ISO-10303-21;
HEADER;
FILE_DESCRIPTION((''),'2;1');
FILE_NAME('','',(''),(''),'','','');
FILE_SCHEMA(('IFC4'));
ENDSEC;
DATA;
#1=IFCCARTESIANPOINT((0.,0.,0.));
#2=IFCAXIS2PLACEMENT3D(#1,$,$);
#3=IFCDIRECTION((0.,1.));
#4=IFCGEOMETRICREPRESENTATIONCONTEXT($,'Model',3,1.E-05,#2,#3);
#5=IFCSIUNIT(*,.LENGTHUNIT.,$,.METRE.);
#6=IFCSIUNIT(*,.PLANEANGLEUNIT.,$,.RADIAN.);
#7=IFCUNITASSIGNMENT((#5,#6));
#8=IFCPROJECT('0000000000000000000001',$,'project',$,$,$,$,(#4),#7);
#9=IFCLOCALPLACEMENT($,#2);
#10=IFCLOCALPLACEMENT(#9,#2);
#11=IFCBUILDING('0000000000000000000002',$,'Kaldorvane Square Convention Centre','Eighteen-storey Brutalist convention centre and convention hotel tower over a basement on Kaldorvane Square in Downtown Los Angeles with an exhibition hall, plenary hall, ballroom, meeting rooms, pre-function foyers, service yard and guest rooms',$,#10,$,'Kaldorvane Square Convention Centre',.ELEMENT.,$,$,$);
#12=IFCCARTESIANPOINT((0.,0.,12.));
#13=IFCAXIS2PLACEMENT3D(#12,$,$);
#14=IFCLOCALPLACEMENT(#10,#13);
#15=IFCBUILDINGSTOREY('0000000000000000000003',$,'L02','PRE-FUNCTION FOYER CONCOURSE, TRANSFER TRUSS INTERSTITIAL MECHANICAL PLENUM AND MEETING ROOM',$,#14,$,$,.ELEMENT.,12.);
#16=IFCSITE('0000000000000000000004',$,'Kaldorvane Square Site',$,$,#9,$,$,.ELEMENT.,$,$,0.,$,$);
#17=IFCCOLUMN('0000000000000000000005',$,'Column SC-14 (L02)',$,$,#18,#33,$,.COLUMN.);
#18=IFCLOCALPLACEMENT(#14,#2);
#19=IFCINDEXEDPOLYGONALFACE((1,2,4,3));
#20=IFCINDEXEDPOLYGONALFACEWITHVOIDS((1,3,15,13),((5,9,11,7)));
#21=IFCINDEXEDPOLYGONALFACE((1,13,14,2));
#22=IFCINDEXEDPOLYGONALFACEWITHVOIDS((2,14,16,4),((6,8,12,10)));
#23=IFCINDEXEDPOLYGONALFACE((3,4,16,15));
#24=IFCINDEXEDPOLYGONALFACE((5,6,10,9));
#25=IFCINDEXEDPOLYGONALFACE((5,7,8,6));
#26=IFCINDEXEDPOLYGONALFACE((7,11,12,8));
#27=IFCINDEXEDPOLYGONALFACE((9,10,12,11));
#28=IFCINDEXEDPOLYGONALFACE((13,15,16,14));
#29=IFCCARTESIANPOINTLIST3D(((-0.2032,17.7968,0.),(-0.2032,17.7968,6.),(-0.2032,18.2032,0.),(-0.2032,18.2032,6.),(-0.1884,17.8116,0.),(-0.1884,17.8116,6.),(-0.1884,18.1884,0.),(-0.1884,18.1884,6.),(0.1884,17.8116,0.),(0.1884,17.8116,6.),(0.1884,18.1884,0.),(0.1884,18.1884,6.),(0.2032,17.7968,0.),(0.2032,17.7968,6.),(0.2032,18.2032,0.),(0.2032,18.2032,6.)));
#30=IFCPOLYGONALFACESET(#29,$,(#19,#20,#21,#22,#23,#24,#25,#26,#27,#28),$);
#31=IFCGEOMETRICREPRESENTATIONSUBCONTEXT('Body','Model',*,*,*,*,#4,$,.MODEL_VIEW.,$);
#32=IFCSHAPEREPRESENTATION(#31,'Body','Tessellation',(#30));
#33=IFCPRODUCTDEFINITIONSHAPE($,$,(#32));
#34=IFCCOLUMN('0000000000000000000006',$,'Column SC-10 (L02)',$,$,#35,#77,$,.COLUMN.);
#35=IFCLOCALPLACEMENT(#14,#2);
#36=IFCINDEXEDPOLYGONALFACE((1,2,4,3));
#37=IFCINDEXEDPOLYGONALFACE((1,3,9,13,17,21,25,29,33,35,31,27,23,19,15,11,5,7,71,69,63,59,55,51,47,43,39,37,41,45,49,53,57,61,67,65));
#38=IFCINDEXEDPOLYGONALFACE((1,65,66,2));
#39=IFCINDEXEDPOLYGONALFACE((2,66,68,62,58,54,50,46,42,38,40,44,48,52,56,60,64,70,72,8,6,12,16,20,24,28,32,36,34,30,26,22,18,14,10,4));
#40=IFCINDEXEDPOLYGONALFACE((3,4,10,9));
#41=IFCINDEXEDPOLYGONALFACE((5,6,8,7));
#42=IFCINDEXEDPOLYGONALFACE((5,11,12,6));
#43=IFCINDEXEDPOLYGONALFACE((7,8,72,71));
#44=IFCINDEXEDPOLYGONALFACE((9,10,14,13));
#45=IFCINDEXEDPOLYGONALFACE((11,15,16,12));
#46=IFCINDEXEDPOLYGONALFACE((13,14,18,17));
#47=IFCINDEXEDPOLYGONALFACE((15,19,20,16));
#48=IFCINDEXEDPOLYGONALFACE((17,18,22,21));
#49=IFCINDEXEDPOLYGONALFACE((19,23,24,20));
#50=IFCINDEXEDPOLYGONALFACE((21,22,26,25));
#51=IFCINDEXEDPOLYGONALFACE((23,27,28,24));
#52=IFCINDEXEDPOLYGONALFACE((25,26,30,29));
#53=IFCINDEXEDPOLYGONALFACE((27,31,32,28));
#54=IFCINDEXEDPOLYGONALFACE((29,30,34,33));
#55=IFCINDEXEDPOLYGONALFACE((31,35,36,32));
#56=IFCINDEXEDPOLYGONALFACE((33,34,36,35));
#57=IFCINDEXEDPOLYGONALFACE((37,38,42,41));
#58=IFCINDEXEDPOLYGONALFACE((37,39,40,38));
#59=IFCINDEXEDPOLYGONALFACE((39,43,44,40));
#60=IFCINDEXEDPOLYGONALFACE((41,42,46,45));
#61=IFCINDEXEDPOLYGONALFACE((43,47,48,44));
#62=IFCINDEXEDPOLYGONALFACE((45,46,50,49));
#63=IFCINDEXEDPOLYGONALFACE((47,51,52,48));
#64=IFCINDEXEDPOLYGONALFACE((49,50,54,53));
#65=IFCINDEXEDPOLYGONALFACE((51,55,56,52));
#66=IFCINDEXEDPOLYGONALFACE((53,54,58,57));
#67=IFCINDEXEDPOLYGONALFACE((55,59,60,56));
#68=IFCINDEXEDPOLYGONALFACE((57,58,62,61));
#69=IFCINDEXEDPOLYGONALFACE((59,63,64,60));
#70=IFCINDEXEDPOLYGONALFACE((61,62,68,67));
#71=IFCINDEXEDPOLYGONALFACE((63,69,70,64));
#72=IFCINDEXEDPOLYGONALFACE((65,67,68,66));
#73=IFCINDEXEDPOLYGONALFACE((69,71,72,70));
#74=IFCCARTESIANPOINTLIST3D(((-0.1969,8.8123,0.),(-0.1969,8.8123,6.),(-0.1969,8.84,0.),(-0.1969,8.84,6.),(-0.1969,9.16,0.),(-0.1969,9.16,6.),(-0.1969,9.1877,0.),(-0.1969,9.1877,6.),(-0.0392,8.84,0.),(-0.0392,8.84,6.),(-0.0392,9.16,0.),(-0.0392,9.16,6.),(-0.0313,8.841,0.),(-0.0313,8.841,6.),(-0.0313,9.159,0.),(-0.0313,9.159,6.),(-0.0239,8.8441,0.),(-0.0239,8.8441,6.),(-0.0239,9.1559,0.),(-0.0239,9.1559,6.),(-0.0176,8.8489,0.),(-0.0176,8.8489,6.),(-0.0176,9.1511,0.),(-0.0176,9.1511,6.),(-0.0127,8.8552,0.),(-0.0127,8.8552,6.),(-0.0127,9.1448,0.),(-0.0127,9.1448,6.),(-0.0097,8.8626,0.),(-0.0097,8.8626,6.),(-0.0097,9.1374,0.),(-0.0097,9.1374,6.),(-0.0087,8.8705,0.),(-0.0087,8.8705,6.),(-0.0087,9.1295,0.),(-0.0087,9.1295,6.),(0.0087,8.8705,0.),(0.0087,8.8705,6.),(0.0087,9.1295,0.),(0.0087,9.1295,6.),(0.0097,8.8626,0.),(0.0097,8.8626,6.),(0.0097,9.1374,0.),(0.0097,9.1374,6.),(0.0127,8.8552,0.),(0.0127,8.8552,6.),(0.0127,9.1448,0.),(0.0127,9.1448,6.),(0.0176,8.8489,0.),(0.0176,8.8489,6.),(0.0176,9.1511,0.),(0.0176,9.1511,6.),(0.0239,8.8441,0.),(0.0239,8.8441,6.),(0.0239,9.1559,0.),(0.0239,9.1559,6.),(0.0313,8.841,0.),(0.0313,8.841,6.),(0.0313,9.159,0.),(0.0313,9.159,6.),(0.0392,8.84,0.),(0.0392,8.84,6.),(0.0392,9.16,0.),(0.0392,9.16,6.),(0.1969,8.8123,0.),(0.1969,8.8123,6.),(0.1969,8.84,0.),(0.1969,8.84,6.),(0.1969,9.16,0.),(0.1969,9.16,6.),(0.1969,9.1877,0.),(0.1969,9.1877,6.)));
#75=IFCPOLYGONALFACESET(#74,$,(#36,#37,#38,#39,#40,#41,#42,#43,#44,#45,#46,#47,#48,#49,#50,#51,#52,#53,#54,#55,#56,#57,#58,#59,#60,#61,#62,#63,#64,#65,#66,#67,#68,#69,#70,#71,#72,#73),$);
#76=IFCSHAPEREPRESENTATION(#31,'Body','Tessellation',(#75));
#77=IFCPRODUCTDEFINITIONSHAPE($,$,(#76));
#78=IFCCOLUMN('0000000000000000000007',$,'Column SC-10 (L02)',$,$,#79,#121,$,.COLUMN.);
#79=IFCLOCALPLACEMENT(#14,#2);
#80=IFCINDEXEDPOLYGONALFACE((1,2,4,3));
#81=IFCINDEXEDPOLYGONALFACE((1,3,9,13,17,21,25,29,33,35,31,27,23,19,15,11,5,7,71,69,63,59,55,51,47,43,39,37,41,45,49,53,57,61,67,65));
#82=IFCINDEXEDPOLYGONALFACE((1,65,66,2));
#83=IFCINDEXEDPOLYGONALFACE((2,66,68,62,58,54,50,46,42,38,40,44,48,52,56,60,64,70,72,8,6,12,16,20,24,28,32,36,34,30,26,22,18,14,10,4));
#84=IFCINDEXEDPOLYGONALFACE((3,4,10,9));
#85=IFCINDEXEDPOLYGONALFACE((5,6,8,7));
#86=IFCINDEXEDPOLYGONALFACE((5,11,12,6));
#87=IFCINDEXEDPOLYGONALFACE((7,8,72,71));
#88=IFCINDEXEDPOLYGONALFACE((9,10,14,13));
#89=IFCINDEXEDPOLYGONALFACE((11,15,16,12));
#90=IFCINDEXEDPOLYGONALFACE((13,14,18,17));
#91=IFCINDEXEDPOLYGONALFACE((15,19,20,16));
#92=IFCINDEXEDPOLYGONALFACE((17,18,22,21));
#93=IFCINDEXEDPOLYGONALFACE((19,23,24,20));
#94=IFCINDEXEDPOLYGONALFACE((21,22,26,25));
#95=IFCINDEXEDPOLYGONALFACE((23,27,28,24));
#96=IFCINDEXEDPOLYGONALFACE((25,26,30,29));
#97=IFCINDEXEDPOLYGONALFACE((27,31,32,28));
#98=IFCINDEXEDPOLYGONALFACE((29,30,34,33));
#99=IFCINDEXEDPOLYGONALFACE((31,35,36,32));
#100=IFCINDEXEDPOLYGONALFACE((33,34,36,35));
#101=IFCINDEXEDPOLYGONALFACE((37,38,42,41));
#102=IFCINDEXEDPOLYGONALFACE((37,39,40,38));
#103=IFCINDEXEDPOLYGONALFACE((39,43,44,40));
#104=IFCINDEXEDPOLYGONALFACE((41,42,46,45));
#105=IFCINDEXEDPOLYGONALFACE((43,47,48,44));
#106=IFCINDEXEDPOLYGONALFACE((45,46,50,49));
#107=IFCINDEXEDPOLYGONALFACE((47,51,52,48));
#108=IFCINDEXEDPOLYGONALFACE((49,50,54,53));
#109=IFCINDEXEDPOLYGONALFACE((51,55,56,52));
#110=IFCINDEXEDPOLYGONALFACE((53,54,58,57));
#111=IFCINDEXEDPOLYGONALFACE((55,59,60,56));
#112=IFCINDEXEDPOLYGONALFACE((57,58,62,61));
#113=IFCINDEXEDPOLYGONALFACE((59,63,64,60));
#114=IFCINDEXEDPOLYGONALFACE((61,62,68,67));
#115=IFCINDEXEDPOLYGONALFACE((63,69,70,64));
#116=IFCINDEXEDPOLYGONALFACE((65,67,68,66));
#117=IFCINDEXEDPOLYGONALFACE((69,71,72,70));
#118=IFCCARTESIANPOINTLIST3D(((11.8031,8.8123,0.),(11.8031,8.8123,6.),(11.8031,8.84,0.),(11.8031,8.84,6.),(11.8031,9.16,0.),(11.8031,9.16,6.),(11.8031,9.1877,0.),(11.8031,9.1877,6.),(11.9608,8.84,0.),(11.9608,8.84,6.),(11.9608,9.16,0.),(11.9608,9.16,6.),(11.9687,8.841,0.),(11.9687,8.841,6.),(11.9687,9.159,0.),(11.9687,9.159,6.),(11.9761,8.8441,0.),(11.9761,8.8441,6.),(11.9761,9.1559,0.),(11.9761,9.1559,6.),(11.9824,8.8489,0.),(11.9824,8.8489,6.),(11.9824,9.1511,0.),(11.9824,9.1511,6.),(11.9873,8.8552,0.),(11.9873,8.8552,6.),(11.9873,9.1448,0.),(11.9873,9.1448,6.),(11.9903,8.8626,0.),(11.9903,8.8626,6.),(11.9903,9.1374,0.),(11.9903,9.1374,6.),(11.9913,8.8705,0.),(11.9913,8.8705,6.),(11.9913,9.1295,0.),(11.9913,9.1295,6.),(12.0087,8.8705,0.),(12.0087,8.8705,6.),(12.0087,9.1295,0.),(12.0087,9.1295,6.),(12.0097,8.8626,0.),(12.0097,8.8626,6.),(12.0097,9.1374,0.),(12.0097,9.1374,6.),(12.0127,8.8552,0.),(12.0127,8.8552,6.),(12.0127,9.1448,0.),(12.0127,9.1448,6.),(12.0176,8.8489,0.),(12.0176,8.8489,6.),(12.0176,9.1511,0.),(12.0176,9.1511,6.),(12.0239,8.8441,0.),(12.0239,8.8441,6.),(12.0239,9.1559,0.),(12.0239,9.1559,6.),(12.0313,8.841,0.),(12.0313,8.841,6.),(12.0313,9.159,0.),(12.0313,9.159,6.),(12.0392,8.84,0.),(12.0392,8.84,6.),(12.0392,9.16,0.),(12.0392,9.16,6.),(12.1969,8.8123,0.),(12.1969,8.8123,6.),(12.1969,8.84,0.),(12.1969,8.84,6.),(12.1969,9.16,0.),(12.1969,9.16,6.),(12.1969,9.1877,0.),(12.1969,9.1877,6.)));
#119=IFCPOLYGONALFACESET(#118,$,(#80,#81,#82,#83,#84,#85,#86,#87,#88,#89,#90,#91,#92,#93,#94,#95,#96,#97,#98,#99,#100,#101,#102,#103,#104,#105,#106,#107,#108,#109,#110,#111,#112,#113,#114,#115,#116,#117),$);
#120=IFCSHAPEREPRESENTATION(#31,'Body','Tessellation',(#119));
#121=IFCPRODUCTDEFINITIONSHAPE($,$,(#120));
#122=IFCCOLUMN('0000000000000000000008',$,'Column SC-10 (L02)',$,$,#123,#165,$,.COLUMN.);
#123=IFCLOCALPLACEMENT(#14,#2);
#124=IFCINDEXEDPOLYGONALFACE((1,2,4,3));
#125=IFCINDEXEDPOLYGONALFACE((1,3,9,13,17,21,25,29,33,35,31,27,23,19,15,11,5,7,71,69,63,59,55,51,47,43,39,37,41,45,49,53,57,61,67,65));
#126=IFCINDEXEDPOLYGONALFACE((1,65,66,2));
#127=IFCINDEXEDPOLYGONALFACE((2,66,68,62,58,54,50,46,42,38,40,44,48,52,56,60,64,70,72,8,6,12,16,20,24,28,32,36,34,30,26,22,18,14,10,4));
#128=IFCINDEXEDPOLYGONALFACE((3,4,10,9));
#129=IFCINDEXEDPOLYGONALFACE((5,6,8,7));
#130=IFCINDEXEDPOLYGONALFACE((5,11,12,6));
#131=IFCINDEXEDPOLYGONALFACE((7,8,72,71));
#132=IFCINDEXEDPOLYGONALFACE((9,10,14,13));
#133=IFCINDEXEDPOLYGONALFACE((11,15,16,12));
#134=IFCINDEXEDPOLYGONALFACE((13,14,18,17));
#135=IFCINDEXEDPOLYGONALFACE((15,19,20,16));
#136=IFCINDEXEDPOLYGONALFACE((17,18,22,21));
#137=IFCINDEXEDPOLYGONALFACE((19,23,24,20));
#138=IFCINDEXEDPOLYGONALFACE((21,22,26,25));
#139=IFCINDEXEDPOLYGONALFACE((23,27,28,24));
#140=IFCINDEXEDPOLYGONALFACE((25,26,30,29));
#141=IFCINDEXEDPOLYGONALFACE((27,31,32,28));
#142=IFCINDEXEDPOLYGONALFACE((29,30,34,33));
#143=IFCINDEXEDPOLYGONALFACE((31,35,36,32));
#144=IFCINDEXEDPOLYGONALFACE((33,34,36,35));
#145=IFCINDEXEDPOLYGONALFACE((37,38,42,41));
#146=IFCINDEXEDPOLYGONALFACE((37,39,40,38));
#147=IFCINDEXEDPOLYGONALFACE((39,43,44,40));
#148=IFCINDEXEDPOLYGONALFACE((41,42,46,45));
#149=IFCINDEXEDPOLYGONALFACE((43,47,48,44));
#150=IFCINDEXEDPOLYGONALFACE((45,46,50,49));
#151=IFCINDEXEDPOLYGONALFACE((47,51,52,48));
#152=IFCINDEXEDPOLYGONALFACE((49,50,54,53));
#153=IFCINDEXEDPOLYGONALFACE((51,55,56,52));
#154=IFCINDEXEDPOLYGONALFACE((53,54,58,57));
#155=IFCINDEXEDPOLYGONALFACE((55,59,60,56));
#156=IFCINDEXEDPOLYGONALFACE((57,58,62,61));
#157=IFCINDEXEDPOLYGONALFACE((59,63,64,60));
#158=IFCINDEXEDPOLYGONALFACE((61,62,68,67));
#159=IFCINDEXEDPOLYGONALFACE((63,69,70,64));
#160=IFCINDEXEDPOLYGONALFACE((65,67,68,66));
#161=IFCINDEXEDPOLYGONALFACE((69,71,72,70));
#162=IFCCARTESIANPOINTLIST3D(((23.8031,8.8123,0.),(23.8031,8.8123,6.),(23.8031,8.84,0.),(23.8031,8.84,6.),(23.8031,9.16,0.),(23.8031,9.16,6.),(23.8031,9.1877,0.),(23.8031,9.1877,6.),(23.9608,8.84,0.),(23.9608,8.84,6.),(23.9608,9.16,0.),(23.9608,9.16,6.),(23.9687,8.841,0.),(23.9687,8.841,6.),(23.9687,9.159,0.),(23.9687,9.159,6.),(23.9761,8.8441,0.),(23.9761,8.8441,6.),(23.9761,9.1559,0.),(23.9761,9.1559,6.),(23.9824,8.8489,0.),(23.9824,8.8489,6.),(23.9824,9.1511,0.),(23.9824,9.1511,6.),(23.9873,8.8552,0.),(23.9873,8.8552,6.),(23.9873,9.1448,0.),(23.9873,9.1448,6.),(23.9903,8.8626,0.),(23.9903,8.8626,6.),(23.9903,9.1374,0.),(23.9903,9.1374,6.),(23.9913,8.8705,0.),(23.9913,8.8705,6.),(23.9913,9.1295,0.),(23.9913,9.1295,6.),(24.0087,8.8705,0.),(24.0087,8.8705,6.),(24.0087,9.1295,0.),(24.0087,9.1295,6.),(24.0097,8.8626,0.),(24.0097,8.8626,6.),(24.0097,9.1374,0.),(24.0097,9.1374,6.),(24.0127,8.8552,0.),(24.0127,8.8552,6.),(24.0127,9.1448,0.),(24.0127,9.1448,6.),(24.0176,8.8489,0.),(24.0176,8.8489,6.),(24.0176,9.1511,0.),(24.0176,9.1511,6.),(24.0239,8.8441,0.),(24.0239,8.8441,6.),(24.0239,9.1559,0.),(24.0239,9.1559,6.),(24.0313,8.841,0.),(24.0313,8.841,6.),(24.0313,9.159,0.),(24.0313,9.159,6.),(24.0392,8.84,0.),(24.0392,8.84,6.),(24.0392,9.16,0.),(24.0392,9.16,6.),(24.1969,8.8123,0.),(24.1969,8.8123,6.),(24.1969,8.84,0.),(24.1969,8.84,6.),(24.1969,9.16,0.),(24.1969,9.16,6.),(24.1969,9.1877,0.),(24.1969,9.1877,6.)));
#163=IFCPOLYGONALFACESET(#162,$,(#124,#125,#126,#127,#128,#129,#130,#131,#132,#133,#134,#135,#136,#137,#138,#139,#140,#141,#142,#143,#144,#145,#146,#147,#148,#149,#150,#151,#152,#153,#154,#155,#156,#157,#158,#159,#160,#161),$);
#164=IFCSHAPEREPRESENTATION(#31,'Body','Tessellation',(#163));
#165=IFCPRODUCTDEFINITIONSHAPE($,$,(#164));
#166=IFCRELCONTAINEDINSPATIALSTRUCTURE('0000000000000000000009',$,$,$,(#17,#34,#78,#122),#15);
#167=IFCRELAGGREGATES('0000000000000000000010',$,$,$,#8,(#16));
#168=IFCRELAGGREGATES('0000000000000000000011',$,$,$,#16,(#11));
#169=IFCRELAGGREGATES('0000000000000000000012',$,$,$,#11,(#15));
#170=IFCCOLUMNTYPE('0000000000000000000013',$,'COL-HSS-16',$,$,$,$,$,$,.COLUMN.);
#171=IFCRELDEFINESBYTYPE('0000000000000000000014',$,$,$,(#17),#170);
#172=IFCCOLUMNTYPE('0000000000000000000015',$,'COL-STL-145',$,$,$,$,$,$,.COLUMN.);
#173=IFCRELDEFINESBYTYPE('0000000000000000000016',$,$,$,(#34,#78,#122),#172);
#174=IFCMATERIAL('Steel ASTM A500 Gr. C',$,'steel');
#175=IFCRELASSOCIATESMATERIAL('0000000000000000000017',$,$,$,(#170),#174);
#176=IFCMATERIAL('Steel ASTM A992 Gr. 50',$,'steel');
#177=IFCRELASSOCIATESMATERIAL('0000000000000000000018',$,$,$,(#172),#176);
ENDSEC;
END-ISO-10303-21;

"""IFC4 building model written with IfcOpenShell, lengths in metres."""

from ifc_helpers import new_model, si_unit, direction, frame, origin, origin_2d, place, context, subcontext, project, spatial, hollow_rectangle, i_section, extrude, material, material_profile, profile_set, type_object, element, save


model = new_model("IFC4")

# Units and contexts
model_context = context("Model", 3, precision=1e-05, world=origin(), true_north=direction((0.0, 1.0)))
body_context = subcontext(model_context, "Body", "Model", "MODEL_VIEW")
ifc_project = project(units=[si_unit("LENGTHUNIT", "METRE"), si_unit("PLANEANGLEUNIT", "RADIAN")], contexts=[model_context])

# Site, building, storey
site_placement = place(None, origin())
site = spatial("IfcSite", under=ifc_project, at=site_placement, Name="Kaldorvane Square Site", CompositionType="ELEMENT", RefElevation=0.0)
building_placement = place(site_placement, origin())
building = spatial("IfcBuilding", under=site, at=building_placement, Name="Kaldorvane Square Convention Centre", Description="Eighteen-storey Brutalist convention centre and convention hotel tower over a basement on Kaldorvane Square in Downtown Los Angeles with an exhibition hall, plenary hall, ballroom, meeting rooms, pre-function foyers, service yard and guest rooms", LongName="Kaldorvane Square Convention Centre", CompositionType="ELEMENT")
storey_placement = place(building_placement, frame((0.0, 0.0, 12.0)))
storey = spatial("IfcBuildingStorey", under=building, at=storey_placement, Name="L02", Description="PRE-FUNCTION FOYER CONCOURSE, TRANSFER TRUSS INTERSTITIAL MECHANICAL PLENUM AND MEETING ROOM", CompositionType="ELEMENT", Elevation=12.0)

# Columns
ifc_material_1 = material(Name="Steel ASTM A500 Gr. C", Category="steel")
ifc_material_profile_1 = material_profile(ifc_material_1, hollow_rectangle(XDim=0.4064, YDim=0.4064, WallThickness=0.0148, at=origin_2d()), Name="HSS16X16X5/8")
ifc_profile_set_1 = profile_set([ifc_material_profile_1], Name="Steel ASTM A500 Gr. C")
column_type_1 = type_object("IfcColumnType", Name="COL-HSS-16", PredefinedType="COLUMN", material=ifc_profile_set_1)
column_placement = place(storey_placement, frame((0.0, 18.0, 0.0), z_axis=(0.0, 0.0, 1.0), x_axis=(1.0, 0.0, 0.0)))
element("IfcColumn", 1, at=column_placement, inside=storey, type_object=column_type_1, Name="Column SC-14 (L02)", PredefinedType="COLUMN", context=body_context, shape_type="SweptSolid", body=[
    extrude(hollow_rectangle(XDim=0.4064, YDim=0.4064, WallThickness=0.0148, at=origin_2d()), origin(), (0.0, 0.0, 1.0), 6.0),
])
ifc_material_2 = material(Name="Steel ASTM A992 Gr. 50", Category="steel")
ifc_material_profile_2 = material_profile(ifc_material_2, i_section(OverallWidth=0.3937, OverallDepth=0.3754, WebThickness=0.0173, FlangeThickness=0.0277, FilletRadius=0.0305, at=origin_2d()), Name="W14X145")
ifc_profile_set_2 = profile_set([ifc_material_profile_2], Name="Steel ASTM A992 Gr. 50")
column_type_2 = type_object("IfcColumnType", Name="COL-STL-145", PredefinedType="COLUMN", material=ifc_profile_set_2)
for number, where, z_axis, x_axis, name in (
    (2, (0.0, 9.0, 0.0), (0.0, 0.0, 1.0), (1.0, 0.0, 0.0), "Column SC-10 (L02)"),
    (3, (12.0, 9.0, 0.0), (0.0, 0.0, 1.0), (1.0, 0.0, 0.0), "Column SC-10 (L02)"),
    (4, (24.0, 9.0, 0.0), (0.0, 0.0, 1.0), (1.0, 0.0, 0.0), "Column SC-10 (L02)"),
):
    element("IfcColumn", number, at=place(storey_placement, frame(where, z_axis=z_axis, x_axis=x_axis)), inside=storey, type_object=column_type_2, Name=name, PredefinedType="COLUMN", context=body_context, shape_type="SweptSolid", body=[
        extrude(i_section(OverallWidth=0.3937, OverallDepth=0.3754, WebThickness=0.0173, FlangeThickness=0.0277, FilletRadius=0.0305, at=origin_2d()), origin(), (0.0, 0.0, 1.0), 6.0),
    ])

save(model, "model.ifc")
